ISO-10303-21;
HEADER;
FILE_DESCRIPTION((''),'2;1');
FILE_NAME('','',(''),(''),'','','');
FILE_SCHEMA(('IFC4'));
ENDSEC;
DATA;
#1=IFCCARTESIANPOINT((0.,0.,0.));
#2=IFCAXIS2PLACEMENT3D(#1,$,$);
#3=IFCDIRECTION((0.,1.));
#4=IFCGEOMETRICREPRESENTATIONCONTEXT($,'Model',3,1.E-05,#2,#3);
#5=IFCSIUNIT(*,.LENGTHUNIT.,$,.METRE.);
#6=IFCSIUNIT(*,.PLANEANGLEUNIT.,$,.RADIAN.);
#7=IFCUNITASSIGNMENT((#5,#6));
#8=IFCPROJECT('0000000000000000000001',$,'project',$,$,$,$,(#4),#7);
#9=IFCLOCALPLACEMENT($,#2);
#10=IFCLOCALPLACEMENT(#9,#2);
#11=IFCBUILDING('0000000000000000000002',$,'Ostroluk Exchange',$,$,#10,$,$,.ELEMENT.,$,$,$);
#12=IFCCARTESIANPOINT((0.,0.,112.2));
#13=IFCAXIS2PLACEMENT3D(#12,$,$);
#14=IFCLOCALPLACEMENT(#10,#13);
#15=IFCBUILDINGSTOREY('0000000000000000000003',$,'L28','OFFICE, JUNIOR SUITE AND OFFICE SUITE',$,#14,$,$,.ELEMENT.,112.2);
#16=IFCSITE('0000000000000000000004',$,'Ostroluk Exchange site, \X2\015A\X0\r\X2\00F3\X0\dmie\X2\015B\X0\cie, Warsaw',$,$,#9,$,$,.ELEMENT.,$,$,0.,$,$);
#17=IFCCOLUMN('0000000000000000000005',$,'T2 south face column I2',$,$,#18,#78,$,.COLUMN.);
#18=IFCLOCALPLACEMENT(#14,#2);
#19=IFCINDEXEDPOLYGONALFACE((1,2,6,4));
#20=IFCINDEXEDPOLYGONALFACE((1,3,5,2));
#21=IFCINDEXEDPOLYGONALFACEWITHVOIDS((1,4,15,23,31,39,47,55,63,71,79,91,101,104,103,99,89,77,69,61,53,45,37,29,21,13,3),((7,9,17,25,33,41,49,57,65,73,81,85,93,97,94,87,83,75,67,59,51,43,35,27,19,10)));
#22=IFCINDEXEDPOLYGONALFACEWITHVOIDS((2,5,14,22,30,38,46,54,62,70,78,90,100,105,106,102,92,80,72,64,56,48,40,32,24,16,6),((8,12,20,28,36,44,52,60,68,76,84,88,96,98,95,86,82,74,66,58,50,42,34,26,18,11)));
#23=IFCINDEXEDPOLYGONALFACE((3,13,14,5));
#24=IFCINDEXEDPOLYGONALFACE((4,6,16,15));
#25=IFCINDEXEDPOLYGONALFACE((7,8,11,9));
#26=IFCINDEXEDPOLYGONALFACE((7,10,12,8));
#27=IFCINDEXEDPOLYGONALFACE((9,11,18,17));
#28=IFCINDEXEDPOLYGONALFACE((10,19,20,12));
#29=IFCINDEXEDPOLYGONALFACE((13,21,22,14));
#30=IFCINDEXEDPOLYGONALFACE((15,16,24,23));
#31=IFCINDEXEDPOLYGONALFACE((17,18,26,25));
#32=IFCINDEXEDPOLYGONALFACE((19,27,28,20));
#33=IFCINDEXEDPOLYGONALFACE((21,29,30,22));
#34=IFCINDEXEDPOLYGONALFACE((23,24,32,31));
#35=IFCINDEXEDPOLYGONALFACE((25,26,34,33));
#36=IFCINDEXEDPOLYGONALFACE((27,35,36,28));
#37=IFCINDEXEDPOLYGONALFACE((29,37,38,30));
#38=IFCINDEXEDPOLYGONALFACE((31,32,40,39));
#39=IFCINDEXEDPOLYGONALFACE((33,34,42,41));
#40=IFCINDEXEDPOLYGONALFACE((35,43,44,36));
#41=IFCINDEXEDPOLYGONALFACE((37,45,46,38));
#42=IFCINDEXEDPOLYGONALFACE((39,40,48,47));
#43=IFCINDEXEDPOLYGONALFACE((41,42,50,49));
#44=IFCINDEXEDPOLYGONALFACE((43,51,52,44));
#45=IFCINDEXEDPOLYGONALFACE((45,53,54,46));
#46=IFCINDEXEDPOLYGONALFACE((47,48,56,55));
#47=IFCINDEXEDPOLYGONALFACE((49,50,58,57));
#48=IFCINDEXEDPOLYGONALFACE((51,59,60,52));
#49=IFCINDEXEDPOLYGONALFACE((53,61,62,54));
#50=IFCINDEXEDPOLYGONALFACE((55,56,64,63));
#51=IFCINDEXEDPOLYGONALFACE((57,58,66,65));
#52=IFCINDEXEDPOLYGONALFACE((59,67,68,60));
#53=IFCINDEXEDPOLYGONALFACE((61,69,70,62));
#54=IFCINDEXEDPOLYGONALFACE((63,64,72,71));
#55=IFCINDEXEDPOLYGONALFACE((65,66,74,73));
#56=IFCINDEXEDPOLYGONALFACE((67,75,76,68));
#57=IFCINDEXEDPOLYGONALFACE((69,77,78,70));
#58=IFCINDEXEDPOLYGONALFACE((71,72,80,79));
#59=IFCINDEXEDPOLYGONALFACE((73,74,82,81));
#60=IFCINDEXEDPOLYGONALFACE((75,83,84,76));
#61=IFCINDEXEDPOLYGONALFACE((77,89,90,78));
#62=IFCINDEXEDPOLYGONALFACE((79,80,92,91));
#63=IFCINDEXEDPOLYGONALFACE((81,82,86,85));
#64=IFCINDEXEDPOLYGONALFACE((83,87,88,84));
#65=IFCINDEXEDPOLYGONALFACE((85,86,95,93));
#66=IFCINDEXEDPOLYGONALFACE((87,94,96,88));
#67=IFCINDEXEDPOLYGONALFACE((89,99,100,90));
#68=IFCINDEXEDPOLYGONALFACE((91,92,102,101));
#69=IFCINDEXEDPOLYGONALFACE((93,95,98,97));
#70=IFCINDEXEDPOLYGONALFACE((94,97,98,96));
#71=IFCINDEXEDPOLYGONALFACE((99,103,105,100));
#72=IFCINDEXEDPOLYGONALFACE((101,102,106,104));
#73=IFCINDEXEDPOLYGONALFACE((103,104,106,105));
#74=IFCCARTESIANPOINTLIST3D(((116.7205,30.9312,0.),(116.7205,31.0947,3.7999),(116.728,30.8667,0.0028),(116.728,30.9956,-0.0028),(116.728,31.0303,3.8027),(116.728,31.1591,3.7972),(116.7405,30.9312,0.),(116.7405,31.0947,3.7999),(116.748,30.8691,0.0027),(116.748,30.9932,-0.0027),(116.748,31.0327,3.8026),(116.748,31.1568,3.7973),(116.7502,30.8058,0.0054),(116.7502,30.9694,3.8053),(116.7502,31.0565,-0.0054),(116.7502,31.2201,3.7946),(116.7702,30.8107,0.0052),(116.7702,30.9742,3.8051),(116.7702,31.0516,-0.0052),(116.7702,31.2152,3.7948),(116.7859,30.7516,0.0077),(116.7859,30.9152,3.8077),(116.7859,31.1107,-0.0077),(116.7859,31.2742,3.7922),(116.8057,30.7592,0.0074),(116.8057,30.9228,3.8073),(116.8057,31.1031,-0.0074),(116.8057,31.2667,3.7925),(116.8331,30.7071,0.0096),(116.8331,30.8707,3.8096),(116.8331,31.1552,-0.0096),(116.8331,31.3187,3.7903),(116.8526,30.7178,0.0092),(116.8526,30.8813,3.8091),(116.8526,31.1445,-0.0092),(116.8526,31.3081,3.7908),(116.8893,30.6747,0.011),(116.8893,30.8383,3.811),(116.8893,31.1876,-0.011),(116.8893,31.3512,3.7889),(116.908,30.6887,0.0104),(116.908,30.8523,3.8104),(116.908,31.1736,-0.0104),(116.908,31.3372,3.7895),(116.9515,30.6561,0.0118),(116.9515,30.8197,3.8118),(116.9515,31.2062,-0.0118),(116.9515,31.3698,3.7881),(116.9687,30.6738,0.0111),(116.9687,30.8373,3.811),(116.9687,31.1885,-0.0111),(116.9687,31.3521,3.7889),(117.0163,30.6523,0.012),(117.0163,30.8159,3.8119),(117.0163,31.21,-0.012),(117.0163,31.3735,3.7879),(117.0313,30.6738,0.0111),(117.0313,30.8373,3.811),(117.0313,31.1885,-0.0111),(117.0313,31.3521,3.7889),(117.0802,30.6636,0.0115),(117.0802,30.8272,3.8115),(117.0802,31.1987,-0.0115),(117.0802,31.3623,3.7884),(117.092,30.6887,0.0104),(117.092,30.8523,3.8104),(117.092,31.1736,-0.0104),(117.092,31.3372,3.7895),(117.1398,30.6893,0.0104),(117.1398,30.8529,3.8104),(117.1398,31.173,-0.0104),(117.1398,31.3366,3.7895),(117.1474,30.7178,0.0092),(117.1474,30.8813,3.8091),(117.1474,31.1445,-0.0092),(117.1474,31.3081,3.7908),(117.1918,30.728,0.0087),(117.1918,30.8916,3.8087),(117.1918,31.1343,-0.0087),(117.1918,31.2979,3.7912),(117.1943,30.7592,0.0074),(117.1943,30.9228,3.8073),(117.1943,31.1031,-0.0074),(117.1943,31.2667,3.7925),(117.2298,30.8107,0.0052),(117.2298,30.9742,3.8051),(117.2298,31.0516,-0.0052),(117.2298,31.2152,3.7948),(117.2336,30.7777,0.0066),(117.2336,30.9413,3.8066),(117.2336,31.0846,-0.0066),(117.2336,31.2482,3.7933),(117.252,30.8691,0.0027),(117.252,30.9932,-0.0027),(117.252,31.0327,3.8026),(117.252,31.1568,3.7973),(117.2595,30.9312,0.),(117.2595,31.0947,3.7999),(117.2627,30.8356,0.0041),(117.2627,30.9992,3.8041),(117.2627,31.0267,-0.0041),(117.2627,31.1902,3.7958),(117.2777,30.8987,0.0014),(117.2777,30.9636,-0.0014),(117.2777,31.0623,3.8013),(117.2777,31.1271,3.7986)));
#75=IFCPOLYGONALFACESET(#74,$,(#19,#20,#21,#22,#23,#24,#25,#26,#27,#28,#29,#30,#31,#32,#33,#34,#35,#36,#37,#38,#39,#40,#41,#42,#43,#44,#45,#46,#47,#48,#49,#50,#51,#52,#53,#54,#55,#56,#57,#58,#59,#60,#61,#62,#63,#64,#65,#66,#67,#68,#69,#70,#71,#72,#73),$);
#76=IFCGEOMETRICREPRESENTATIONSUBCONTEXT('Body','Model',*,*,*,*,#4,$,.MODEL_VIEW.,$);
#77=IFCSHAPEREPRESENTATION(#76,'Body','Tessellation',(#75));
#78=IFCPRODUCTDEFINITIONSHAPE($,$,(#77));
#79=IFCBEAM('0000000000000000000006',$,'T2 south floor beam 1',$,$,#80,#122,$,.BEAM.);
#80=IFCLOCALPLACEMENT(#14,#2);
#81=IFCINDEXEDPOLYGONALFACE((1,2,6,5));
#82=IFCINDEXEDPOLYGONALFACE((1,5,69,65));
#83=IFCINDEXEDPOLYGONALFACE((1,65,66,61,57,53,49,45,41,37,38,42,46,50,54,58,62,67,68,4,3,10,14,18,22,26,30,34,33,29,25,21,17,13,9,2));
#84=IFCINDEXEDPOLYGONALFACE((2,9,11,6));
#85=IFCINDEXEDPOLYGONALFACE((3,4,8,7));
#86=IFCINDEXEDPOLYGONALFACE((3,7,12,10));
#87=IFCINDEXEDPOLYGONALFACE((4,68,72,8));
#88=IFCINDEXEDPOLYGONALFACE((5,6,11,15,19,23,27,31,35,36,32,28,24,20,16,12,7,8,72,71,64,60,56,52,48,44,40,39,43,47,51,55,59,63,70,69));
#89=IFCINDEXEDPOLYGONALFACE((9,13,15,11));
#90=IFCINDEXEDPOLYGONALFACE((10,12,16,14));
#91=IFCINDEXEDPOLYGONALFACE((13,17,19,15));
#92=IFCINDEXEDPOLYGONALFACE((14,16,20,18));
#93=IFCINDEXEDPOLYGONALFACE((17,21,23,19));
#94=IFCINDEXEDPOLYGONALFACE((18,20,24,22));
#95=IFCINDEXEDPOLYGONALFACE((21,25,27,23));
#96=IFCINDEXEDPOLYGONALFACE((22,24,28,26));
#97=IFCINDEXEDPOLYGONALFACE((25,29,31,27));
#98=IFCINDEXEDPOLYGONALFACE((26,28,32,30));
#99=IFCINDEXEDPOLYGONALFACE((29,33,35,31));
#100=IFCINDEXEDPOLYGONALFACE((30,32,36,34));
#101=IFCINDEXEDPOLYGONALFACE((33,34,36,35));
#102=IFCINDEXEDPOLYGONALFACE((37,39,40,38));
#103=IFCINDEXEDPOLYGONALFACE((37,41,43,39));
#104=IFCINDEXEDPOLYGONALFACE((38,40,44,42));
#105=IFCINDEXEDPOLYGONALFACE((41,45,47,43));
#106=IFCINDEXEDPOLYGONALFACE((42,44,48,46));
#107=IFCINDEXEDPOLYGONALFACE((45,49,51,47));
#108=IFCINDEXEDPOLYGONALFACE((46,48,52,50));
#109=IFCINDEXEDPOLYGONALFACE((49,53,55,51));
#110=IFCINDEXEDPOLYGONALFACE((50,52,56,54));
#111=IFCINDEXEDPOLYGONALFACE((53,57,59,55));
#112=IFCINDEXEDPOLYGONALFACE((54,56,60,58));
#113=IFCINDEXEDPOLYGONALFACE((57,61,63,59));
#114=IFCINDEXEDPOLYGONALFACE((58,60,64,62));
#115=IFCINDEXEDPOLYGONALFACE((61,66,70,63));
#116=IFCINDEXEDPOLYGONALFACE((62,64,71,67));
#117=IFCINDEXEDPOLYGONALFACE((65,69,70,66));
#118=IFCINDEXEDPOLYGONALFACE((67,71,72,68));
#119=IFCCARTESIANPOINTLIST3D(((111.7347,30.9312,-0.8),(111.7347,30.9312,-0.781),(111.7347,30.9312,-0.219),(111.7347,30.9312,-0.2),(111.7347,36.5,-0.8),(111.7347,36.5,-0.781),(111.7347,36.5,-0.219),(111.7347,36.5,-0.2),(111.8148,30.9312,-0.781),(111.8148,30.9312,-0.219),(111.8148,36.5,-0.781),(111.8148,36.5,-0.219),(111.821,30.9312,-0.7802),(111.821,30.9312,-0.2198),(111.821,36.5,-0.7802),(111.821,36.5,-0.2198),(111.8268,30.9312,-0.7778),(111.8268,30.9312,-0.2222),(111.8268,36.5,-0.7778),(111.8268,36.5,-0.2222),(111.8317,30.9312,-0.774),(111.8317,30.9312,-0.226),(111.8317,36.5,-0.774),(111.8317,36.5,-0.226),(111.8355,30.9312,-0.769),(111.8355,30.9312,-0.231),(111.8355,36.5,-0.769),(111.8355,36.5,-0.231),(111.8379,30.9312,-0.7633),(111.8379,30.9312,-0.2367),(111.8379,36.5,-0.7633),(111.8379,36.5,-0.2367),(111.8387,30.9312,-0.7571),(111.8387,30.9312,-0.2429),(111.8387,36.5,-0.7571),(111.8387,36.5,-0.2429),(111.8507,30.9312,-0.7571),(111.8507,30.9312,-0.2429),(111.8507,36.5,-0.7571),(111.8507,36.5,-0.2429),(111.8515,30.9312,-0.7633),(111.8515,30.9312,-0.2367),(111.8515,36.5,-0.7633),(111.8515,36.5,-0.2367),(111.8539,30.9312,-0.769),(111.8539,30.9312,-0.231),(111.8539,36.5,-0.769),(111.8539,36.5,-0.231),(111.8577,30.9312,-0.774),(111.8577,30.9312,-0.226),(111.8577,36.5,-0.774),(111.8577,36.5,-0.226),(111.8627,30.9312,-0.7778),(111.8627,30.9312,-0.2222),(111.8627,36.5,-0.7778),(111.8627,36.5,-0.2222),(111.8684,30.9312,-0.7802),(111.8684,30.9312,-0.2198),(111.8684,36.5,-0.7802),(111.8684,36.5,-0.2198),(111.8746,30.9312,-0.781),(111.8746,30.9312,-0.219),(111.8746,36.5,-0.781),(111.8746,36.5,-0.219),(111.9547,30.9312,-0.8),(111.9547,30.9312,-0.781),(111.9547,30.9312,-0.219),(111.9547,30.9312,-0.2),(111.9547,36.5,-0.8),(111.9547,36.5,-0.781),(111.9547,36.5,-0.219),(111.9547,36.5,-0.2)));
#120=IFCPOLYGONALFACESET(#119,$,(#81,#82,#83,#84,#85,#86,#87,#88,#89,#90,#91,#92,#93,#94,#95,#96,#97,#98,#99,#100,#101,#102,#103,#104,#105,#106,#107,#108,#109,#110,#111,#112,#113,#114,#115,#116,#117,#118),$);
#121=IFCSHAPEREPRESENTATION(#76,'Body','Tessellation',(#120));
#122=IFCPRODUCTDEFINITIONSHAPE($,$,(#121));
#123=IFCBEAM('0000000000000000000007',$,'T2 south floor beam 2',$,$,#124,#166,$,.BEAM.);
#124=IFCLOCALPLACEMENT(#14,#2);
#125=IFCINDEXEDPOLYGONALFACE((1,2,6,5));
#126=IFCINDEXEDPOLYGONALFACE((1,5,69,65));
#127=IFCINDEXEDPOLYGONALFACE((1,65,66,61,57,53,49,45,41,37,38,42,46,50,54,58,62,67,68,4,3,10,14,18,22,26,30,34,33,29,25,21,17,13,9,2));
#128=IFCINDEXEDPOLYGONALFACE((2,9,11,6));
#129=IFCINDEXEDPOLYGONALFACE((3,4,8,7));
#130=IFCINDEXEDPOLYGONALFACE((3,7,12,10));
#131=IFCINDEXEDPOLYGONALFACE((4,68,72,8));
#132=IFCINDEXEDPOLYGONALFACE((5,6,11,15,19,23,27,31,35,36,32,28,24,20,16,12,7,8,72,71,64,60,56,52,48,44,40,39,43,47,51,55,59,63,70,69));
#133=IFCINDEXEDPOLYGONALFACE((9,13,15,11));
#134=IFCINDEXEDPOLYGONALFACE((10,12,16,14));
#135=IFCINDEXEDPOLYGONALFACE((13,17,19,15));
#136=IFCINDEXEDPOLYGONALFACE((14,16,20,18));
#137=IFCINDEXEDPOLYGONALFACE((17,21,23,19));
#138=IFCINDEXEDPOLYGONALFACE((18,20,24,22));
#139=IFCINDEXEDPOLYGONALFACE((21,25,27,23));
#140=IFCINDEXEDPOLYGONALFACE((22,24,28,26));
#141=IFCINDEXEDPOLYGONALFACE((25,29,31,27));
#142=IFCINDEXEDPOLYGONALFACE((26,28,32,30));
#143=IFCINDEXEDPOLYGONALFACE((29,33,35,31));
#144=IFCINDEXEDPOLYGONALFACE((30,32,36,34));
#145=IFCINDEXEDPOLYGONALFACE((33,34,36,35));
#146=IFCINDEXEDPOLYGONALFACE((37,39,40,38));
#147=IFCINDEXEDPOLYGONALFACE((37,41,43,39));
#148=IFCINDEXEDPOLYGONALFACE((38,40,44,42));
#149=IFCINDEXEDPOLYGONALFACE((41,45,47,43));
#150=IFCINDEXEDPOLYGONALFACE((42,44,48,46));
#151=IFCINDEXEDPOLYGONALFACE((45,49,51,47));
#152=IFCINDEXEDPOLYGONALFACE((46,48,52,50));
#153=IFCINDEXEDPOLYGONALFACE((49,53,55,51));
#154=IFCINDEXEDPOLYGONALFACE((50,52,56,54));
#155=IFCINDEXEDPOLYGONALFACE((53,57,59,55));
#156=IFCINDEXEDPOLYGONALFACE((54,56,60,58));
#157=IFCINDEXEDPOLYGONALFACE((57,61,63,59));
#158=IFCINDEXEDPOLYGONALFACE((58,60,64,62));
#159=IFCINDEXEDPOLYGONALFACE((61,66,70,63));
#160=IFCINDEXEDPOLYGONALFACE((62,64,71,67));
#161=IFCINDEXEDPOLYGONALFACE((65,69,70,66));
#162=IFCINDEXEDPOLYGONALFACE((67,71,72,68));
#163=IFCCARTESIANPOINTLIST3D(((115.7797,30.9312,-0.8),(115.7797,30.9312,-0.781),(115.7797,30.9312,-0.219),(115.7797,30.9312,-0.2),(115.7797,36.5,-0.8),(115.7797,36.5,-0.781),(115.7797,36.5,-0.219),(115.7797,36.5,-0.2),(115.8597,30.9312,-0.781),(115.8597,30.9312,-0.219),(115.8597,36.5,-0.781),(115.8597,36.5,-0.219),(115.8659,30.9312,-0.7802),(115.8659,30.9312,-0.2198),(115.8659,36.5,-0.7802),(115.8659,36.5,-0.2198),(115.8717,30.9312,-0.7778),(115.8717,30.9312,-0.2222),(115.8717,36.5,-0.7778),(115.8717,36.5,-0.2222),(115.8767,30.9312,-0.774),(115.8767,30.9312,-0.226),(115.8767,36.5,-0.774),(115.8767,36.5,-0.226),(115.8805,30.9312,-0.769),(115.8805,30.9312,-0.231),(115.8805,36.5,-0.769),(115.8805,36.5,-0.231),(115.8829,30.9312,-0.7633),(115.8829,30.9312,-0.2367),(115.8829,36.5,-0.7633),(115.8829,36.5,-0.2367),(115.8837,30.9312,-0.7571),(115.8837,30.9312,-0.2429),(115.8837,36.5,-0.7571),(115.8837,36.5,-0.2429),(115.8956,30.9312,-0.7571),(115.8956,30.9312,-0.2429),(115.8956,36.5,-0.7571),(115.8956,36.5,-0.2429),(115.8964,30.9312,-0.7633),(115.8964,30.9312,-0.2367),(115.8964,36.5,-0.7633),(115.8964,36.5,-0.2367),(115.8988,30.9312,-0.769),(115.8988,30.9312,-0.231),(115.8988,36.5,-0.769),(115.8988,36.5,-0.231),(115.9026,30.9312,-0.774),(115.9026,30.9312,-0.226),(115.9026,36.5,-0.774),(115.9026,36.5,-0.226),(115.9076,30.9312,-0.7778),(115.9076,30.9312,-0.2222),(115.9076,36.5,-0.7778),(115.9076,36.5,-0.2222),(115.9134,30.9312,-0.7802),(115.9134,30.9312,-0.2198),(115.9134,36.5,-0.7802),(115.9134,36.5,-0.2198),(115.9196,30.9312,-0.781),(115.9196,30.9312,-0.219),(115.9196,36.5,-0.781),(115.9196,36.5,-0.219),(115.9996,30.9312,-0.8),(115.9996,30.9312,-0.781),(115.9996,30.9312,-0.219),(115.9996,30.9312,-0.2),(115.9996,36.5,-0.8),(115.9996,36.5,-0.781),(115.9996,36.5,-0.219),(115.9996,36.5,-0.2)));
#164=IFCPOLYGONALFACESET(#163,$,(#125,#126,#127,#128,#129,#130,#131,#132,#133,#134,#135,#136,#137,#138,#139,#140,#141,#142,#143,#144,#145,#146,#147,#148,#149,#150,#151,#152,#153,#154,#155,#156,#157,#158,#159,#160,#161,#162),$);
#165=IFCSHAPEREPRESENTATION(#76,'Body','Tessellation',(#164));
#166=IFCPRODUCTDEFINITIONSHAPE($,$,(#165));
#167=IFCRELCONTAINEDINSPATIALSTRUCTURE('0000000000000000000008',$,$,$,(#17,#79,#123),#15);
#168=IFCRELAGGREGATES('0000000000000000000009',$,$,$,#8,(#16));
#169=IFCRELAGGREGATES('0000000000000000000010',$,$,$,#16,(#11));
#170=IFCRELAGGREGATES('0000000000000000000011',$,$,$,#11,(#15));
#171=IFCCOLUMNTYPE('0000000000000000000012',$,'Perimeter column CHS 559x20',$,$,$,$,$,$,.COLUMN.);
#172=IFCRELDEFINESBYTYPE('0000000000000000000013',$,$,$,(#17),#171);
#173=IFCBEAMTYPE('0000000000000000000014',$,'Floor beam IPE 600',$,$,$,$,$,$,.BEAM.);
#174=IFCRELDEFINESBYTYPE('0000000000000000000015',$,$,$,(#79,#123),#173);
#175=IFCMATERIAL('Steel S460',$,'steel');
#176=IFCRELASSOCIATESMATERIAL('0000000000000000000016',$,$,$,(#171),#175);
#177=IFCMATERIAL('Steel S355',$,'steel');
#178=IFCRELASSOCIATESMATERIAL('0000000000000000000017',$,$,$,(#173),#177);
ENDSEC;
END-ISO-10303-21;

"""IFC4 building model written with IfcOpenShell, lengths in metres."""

from ifc_helpers import new_model, si_unit, direction, frame, origin, origin_2d, place, context, subcontext, project, spatial, hollow_circle, i_section, extrude, material, material_profile, profile_set, type_object, element, save


model = new_model("IFC4")

# Units and contexts
model_context = context("Model", 3, precision=1e-05, world=origin(), true_north=direction((0.0, 1.0)))
body_context = subcontext(model_context, "Body", "Model", "MODEL_VIEW")
ifc_project = project(units=[si_unit("LENGTHUNIT", "METRE"), si_unit("PLANEANGLEUNIT", "RADIAN")], contexts=[model_context])

# Site, building, storey
site_placement = place(None, origin())
site = spatial("IfcSite", under=ifc_project, at=site_placement, Name="Ostroluk Exchange site, Śródmieście, Warsaw", CompositionType="ELEMENT", RefElevation=0.0)
building_placement = place(site_placement, origin())
building = spatial("IfcBuilding", under=site, at=building_placement, Name="Ostroluk Exchange", CompositionType="ELEMENT")
storey_placement = place(building_placement, frame((0.0, 0.0, 112.2)))
storey = spatial("IfcBuildingStorey", under=building, at=storey_placement, Name="L28", Description="OFFICE, JUNIOR SUITE AND OFFICE SUITE", CompositionType="ELEMENT", Elevation=112.2)

# Column
ifc_material_1 = material(Name="Steel S460", Category="steel")
ifc_material_profile_1 = material_profile(ifc_material_1, hollow_circle(Radius=0.2795, WallThickness=0.02, at=origin_2d()), Name="CHS 559x20")
ifc_profile_set_1 = profile_set([ifc_material_profile_1], Name="Steel S460")
column_type = type_object("IfcColumnType", Name="Perimeter column CHS 559x20", PredefinedType="COLUMN", material=ifc_profile_set_1)
column_placement = place(storey_placement, frame((117.0, 30.9312, 0.0), z_axis=(0.0, 0.043005, 0.999075), x_axis=(-1.0, 0.0, 0.0)))
element("IfcColumn", 1, at=column_placement, inside=storey, type_object=column_type, Name="T2 south face column I2", PredefinedType="COLUMN", context=body_context, shape_type="SweptSolid", body=[
    extrude(hollow_circle(Radius=0.2795, WallThickness=0.02, at=origin_2d()), origin(), (0.0, 0.0, 1.0), 3.8035),
])

# Beams
ifc_material_2 = material(Name="Steel S355", Category="steel")
ifc_material_profile_2 = material_profile(ifc_material_2, i_section(OverallWidth=0.22, OverallDepth=0.6001, WebThickness=0.012, FlangeThickness=0.019, FilletRadius=0.0239, at=origin_2d()), Name="IPE 600")
ifc_profile_set_2 = profile_set([ifc_material_profile_2], Name="Steel S355")
beam_type_1 = type_object("IfcBeamType", Name="Floor beam IPE 600", PredefinedType="BEAM", material=ifc_profile_set_2)
for number, where, z_axis, x_axis, name in (
    (2, (111.8447, 36.5, -0.5), (0.0, -1.0, 0.0), (1.0, 0.0, 0.0), "T2 south floor beam 1"),
    (3, (115.8896, 36.5, -0.5), (0.0, -1.0, 0.0), (1.0, 0.0, 0.0), "T2 south floor beam 2"),
):
    element("IfcBeam", number, at=place(storey_placement, frame(where, z_axis=z_axis, x_axis=x_axis)), inside=storey, type_object=beam_type_1, Name=name, PredefinedType="BEAM", context=body_context, shape_type="SweptSolid", body=[
        extrude(i_section(OverallWidth=0.22, OverallDepth=0.6001, WebThickness=0.012, FlangeThickness=0.019, FilletRadius=0.0239, at=origin_2d()), origin(), (0.0, 0.0, 1.0), 5.5688),
    ])

save(model, "model.ifc")
